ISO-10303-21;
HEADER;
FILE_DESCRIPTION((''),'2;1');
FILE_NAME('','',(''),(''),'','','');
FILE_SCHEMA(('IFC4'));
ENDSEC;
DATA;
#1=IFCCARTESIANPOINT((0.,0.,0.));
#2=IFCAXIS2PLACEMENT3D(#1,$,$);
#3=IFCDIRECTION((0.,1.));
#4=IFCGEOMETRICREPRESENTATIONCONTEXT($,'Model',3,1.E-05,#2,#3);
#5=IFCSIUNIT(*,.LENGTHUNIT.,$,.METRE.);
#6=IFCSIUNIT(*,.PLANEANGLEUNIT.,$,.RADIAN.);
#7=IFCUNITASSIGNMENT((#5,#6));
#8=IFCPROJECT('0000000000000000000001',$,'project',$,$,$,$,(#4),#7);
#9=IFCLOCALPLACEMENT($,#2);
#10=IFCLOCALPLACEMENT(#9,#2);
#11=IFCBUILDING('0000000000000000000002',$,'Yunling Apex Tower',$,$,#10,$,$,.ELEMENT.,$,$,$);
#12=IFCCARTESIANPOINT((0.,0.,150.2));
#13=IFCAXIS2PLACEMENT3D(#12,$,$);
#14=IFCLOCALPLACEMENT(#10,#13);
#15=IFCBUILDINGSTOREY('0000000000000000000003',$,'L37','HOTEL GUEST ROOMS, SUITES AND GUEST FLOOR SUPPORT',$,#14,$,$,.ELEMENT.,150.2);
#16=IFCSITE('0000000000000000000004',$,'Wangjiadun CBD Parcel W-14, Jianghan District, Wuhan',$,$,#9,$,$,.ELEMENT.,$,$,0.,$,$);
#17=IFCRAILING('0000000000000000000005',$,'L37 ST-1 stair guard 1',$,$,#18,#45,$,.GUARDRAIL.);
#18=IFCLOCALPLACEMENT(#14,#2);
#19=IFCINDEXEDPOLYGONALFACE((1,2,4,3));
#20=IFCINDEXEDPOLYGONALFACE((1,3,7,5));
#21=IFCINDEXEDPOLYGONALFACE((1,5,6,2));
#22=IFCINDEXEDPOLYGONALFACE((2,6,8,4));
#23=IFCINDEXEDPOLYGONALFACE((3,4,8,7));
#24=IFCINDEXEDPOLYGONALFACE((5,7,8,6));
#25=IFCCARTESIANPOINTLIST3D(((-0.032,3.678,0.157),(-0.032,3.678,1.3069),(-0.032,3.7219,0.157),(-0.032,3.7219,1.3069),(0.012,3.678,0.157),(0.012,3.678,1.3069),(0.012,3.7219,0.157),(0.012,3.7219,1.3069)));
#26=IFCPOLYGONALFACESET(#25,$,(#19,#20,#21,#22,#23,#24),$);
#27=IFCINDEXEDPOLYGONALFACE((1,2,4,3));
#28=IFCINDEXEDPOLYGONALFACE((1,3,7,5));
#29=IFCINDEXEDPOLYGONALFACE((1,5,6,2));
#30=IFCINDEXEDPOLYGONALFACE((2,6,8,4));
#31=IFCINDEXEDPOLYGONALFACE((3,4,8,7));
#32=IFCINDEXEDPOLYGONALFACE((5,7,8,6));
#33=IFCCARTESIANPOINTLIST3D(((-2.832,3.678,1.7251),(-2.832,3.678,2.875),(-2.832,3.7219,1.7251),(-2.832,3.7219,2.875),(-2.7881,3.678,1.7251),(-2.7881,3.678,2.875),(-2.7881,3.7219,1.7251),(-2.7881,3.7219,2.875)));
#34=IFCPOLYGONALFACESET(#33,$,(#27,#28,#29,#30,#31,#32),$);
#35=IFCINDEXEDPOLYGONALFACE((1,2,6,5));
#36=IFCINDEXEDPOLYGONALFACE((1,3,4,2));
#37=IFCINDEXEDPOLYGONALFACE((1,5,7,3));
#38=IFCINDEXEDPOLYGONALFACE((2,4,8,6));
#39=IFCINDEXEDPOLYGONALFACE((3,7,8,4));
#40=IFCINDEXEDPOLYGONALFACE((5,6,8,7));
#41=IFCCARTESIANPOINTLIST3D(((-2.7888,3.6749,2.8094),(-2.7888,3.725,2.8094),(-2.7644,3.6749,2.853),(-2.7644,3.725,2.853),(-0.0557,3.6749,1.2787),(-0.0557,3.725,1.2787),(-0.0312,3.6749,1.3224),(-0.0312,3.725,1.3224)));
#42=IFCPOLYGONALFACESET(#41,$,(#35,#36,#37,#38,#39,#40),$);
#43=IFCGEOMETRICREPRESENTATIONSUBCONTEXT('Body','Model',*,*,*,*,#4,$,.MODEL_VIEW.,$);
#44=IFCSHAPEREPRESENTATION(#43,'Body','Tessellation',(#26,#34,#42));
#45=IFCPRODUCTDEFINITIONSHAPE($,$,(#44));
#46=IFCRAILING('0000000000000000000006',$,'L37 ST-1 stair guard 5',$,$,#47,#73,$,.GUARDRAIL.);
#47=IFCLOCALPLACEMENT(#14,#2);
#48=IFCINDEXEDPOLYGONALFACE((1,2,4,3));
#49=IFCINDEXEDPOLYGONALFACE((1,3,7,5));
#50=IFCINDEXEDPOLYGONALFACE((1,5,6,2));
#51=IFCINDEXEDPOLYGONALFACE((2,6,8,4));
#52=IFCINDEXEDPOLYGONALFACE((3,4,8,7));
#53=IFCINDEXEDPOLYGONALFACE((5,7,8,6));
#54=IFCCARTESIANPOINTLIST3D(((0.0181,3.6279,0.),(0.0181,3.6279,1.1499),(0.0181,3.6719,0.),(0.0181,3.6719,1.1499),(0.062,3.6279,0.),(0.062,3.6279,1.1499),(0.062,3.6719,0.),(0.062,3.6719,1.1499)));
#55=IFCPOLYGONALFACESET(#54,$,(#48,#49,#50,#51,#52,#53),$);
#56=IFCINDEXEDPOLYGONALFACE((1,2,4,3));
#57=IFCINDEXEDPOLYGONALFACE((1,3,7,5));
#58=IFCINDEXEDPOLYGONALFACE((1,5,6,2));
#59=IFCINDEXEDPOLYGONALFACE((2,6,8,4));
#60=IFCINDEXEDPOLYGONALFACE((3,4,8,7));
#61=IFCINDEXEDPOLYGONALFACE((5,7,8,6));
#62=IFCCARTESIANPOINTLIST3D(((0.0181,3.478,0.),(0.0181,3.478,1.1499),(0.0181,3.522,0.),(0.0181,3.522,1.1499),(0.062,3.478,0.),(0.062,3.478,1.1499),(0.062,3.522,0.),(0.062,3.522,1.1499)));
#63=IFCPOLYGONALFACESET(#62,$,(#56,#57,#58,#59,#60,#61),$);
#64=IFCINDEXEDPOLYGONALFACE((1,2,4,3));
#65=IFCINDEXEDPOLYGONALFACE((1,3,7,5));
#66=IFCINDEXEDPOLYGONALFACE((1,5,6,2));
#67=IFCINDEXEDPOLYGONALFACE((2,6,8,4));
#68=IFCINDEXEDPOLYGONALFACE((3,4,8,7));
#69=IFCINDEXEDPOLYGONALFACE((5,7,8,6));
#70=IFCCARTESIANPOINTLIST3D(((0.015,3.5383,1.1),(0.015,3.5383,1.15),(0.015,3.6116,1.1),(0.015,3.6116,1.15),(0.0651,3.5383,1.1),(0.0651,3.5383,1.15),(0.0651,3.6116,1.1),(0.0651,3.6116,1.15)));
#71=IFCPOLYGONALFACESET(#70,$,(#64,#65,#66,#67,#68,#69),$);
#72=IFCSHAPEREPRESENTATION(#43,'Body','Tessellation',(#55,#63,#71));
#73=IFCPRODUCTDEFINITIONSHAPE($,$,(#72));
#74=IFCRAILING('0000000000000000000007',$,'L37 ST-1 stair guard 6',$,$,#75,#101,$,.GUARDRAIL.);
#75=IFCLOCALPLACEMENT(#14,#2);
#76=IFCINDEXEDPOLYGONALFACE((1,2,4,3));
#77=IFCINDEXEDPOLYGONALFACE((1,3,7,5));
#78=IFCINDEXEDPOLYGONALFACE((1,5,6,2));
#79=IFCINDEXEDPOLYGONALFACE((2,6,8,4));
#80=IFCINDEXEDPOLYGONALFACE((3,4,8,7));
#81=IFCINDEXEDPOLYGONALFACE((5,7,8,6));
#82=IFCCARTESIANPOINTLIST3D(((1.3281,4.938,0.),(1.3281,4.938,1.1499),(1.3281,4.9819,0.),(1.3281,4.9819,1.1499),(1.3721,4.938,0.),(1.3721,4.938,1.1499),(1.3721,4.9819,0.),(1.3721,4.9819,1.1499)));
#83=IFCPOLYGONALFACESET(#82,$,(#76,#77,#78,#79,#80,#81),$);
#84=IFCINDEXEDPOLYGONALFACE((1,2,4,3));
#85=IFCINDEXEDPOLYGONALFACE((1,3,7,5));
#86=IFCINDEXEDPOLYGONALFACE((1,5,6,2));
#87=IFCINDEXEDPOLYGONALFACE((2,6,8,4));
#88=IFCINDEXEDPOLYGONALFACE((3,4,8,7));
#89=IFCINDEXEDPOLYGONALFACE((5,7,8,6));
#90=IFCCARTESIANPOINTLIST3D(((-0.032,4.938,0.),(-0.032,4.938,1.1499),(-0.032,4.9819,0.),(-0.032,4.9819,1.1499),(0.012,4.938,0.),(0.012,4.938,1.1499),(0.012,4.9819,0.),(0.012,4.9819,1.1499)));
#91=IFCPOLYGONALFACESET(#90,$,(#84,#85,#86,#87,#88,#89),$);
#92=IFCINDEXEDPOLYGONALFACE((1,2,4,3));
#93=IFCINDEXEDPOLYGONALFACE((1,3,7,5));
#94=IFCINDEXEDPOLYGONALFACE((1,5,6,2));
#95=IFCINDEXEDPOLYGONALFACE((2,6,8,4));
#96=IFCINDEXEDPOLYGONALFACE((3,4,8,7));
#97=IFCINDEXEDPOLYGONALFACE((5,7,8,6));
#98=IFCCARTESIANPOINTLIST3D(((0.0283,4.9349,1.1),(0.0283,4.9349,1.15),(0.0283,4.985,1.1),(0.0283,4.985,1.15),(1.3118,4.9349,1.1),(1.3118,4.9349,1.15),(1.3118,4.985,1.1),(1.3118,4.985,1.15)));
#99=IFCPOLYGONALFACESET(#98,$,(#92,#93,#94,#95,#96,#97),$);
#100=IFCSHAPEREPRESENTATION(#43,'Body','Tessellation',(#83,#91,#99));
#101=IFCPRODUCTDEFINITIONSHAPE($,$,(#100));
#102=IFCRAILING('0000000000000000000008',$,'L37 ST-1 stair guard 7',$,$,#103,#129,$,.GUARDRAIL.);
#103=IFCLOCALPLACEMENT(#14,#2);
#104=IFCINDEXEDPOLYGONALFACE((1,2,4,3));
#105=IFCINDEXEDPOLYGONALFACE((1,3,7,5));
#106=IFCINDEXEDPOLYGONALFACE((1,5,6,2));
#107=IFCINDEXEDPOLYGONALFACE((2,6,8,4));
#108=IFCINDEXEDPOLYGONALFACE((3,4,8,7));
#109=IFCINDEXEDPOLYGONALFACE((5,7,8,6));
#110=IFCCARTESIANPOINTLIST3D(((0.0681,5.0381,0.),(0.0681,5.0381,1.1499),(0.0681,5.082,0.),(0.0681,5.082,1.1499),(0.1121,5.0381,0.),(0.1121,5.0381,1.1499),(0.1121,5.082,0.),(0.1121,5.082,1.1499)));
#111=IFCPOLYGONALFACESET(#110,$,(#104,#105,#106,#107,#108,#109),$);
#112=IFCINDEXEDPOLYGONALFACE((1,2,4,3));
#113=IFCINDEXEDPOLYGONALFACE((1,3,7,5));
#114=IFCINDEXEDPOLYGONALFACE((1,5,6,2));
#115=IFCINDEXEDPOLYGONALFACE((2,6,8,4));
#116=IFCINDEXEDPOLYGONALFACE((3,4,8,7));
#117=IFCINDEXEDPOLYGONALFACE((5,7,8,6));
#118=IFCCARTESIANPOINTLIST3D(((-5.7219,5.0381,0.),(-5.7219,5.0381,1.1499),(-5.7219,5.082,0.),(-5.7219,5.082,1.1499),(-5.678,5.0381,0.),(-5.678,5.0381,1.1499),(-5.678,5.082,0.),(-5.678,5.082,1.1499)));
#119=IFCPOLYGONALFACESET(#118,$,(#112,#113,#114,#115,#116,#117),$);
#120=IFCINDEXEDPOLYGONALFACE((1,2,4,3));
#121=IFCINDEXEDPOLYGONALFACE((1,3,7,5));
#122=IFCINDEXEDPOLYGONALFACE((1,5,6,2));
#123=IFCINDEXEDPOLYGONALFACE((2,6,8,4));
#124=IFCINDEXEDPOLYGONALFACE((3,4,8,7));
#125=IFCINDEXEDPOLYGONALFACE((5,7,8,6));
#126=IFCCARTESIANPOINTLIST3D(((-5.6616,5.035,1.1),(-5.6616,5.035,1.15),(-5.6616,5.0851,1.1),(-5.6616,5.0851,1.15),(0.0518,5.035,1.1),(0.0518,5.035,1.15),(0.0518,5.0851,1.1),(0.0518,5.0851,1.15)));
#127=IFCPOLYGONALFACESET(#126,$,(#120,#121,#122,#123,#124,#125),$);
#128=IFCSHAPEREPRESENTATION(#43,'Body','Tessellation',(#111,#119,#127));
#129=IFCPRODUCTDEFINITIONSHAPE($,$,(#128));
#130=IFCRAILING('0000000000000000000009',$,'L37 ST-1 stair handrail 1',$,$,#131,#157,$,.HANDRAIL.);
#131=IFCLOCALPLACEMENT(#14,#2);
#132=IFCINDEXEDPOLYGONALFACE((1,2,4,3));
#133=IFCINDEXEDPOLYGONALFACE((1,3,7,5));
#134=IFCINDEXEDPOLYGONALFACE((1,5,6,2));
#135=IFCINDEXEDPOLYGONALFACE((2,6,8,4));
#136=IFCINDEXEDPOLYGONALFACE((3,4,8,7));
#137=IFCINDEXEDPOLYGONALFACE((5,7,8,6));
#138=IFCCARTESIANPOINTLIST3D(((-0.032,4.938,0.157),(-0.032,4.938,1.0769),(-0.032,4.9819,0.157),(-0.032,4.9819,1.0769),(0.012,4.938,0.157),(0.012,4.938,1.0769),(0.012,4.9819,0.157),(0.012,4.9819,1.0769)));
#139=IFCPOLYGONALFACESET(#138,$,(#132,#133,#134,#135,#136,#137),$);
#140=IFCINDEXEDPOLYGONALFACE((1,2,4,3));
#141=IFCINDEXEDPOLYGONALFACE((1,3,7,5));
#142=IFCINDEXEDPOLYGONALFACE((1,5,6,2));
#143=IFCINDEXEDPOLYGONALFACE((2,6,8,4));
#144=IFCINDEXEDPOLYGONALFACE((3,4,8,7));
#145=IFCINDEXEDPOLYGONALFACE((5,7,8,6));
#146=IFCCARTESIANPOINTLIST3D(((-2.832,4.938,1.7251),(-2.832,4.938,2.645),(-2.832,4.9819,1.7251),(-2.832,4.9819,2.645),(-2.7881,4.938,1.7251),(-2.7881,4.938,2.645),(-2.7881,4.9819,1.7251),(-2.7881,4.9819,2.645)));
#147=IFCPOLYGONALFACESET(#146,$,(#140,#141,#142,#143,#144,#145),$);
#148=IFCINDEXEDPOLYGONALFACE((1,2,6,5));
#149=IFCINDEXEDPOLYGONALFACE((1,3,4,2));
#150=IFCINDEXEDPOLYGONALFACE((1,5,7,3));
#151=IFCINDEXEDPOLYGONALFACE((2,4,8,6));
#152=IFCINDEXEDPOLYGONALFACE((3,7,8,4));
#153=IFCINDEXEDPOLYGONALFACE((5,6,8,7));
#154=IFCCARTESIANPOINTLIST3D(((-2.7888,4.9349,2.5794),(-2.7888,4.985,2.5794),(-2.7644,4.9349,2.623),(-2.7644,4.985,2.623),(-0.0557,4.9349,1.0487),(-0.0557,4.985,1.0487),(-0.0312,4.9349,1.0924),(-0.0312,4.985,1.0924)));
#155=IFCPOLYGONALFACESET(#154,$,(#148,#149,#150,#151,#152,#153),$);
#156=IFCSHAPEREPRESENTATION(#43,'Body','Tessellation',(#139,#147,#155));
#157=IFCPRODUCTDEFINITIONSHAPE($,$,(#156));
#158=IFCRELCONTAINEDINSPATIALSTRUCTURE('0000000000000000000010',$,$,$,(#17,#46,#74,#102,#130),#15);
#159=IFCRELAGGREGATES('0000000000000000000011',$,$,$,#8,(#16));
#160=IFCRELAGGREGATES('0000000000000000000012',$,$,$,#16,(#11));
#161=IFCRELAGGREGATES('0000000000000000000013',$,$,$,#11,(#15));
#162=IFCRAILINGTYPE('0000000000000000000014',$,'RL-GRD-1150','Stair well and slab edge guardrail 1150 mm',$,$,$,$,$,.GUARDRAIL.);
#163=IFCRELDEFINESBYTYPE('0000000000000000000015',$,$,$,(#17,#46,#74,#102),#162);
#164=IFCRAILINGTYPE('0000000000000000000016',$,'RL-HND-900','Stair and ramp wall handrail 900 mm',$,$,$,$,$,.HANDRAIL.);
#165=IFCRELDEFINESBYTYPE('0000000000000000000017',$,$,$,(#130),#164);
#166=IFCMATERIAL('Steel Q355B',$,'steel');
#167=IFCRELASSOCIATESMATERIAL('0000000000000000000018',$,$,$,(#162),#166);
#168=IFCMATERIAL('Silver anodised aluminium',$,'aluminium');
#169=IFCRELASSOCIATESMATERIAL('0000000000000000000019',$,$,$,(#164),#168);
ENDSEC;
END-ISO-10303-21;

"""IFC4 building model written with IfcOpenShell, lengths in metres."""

from ifc_helpers import new_model, si_unit, direction, frame, origin, origin_2d, place, context, subcontext, project, spatial, rectangle, extrude, material, type_object, element, save


model = new_model("IFC4")

# Units and contexts
model_context = context("Model", 3, precision=1e-05, world=origin(), true_north=direction((0.0, 1.0)))
body_context = subcontext(model_context, "Body", "Model", "MODEL_VIEW")
ifc_project = project(units=[si_unit("LENGTHUNIT", "METRE"), si_unit("PLANEANGLEUNIT", "RADIAN")], contexts=[model_context])

# Site, building, storey
site_placement = place(None, origin())
site = spatial("IfcSite", under=ifc_project, at=site_placement, Name="Wangjiadun CBD Parcel W-14, Jianghan District, Wuhan", CompositionType="ELEMENT", RefElevation=0.0)
building_placement = place(site_placement, origin())
building = spatial("IfcBuilding", under=site, at=building_placement, Name="Yunling Apex Tower", CompositionType="ELEMENT")
storey_placement = place(building_placement, frame((0.0, 0.0, 150.2)))
storey = spatial("IfcBuildingStorey", under=building, at=storey_placement, Name="L37", Description="HOTEL GUEST ROOMS, SUITES AND GUEST FLOOR SUPPORT", CompositionType="ELEMENT", Elevation=150.2)

# Shared definitions
ifc_material_1 = material(Name="Steel Q355B", Category="steel")

# Railings
railing_type_1 = type_object("IfcRailingType", Name="RL-GRD-1150", Description="Stair well and slab edge guardrail 1150 mm", PredefinedType="GUARDRAIL", material=ifc_material_1)
railing_1_placement = place(storey_placement, frame((-0.01, 3.7, 0.157)))
element("IfcRailing", 1, at=railing_1_placement, inside=storey, type_object=railing_type_1, Name="L37 ST-1 stair guard 1", PredefinedType="GUARDRAIL", context=body_context, shape_type="SweptSolid", body=[
    extrude(rectangle(XDim=0.0439, YDim=0.0439, at=origin_2d()), origin(), (0.0, 0.0, 1.0), 1.1499),
    extrude(rectangle(XDim=0.0439, YDim=0.0439, at=origin_2d()), frame((-2.8, 0.0, 1.5681)), (0.0, 0.0, 1.0), 1.1499),
    extrude(rectangle(XDim=0.05, YDim=0.05, at=origin_2d()), frame((-0.0334, 0.0, 1.1436), z_axis=(-0.872494, 0.0, 0.488624), x_axis=(0.0, -1.0, 0.0)), (0.0, 0.0, 1.0), 3.1326),
])
railing_2_placement = place(storey_placement, frame((0.04, 3.6499, 0.0)))
element("IfcRailing", 2, at=railing_2_placement, inside=storey, type_object=railing_type_1, Name="L37 ST-1 stair guard 5", PredefinedType="GUARDRAIL", context=body_context, shape_type="SweptSolid", body=[
    extrude(rectangle(XDim=0.0439, YDim=0.0439, at=origin_2d()), origin(), (0.0, 0.0, 1.0), 1.1499),
    extrude(rectangle(XDim=0.0439, YDim=0.0439, at=origin_2d()), frame((0.0, -0.1499, 0.0)), (0.0, 0.0, 1.0), 1.1499),
    extrude(rectangle(XDim=0.05, YDim=0.05, at=origin_2d()), frame((0.0, -0.0383, 1.125), z_axis=(0.0, -1.0, 0.0), x_axis=(1.0, 0.0, 0.0)), (0.0, 0.0, 1.0), 0.0732),
])
railing_3_placement = place(storey_placement, frame((1.3501, 4.96, 0.0)))
element("IfcRailing", 3, at=railing_3_placement, inside=storey, type_object=railing_type_1, Name="L37 ST-1 stair guard 6", PredefinedType="GUARDRAIL", context=body_context, shape_type="SweptSolid", body=[
    extrude(rectangle(XDim=0.0439, YDim=0.0439, at=origin_2d()), origin(), (0.0, 0.0, 1.0), 1.1499),
    extrude(rectangle(XDim=0.0439, YDim=0.0439, at=origin_2d()), frame((-1.3601, 0.0, 0.0)), (0.0, 0.0, 1.0), 1.1499),
    extrude(rectangle(XDim=0.05, YDim=0.05, at=origin_2d()), frame((-0.0383, 0.0, 1.125), z_axis=(-1.0, 0.0, 0.0), x_axis=(0.0, -1.0, 0.0)), (0.0, 0.0, 1.0), 1.2834),
])
railing_4_placement = place(storey_placement, frame((0.0901, 5.0601, 0.0)))
element("IfcRailing", 4, at=railing_4_placement, inside=storey, type_object=railing_type_1, Name="L37 ST-1 stair guard 7", PredefinedType="GUARDRAIL", context=body_context, shape_type="SweptSolid", body=[
    extrude(rectangle(XDim=0.0439, YDim=0.0439, at=origin_2d()), origin(), (0.0, 0.0, 1.0), 1.1499),
    extrude(rectangle(XDim=0.0439, YDim=0.0439, at=origin_2d()), frame((-5.79, 0.0, 0.0)), (0.0, 0.0, 1.0), 1.1499),
    extrude(rectangle(XDim=0.05, YDim=0.05, at=origin_2d()), frame((-0.0383, 0.0, 1.125), z_axis=(-1.0, 0.0, 0.0), x_axis=(0.0, -1.0, 0.0)), (0.0, 0.0, 1.0), 5.7134),
])
ifc_material_2 = material(Name="Silver anodised aluminium", Category="aluminium")
railing_type_2 = type_object("IfcRailingType", Name="RL-HND-900", Description="Stair and ramp wall handrail 900 mm", PredefinedType="HANDRAIL", material=ifc_material_2)
railing_5_placement = place(storey_placement, frame((-0.01, 4.96, 0.157)))
element("IfcRailing", 5, at=railing_5_placement, inside=storey, type_object=railing_type_2, Name="L37 ST-1 stair handrail 1", PredefinedType="HANDRAIL", context=body_context, shape_type="SweptSolid", body=[
    extrude(rectangle(XDim=0.0439, YDim=0.0439, at=origin_2d()), origin(), (0.0, 0.0, 1.0), 0.9199),
    extrude(rectangle(XDim=0.0439, YDim=0.0439, at=origin_2d()), frame((-2.8, 0.0, 1.5681)), (0.0, 0.0, 1.0), 0.9199),
    extrude(rectangle(XDim=0.05, YDim=0.05, at=origin_2d()), frame((-0.0334, 0.0, 0.9136), z_axis=(-0.872494, 0.0, 0.488624), x_axis=(0.0, -1.0, 0.0)), (0.0, 0.0, 1.0), 3.1326),
])

save(model, "model.ifc")
